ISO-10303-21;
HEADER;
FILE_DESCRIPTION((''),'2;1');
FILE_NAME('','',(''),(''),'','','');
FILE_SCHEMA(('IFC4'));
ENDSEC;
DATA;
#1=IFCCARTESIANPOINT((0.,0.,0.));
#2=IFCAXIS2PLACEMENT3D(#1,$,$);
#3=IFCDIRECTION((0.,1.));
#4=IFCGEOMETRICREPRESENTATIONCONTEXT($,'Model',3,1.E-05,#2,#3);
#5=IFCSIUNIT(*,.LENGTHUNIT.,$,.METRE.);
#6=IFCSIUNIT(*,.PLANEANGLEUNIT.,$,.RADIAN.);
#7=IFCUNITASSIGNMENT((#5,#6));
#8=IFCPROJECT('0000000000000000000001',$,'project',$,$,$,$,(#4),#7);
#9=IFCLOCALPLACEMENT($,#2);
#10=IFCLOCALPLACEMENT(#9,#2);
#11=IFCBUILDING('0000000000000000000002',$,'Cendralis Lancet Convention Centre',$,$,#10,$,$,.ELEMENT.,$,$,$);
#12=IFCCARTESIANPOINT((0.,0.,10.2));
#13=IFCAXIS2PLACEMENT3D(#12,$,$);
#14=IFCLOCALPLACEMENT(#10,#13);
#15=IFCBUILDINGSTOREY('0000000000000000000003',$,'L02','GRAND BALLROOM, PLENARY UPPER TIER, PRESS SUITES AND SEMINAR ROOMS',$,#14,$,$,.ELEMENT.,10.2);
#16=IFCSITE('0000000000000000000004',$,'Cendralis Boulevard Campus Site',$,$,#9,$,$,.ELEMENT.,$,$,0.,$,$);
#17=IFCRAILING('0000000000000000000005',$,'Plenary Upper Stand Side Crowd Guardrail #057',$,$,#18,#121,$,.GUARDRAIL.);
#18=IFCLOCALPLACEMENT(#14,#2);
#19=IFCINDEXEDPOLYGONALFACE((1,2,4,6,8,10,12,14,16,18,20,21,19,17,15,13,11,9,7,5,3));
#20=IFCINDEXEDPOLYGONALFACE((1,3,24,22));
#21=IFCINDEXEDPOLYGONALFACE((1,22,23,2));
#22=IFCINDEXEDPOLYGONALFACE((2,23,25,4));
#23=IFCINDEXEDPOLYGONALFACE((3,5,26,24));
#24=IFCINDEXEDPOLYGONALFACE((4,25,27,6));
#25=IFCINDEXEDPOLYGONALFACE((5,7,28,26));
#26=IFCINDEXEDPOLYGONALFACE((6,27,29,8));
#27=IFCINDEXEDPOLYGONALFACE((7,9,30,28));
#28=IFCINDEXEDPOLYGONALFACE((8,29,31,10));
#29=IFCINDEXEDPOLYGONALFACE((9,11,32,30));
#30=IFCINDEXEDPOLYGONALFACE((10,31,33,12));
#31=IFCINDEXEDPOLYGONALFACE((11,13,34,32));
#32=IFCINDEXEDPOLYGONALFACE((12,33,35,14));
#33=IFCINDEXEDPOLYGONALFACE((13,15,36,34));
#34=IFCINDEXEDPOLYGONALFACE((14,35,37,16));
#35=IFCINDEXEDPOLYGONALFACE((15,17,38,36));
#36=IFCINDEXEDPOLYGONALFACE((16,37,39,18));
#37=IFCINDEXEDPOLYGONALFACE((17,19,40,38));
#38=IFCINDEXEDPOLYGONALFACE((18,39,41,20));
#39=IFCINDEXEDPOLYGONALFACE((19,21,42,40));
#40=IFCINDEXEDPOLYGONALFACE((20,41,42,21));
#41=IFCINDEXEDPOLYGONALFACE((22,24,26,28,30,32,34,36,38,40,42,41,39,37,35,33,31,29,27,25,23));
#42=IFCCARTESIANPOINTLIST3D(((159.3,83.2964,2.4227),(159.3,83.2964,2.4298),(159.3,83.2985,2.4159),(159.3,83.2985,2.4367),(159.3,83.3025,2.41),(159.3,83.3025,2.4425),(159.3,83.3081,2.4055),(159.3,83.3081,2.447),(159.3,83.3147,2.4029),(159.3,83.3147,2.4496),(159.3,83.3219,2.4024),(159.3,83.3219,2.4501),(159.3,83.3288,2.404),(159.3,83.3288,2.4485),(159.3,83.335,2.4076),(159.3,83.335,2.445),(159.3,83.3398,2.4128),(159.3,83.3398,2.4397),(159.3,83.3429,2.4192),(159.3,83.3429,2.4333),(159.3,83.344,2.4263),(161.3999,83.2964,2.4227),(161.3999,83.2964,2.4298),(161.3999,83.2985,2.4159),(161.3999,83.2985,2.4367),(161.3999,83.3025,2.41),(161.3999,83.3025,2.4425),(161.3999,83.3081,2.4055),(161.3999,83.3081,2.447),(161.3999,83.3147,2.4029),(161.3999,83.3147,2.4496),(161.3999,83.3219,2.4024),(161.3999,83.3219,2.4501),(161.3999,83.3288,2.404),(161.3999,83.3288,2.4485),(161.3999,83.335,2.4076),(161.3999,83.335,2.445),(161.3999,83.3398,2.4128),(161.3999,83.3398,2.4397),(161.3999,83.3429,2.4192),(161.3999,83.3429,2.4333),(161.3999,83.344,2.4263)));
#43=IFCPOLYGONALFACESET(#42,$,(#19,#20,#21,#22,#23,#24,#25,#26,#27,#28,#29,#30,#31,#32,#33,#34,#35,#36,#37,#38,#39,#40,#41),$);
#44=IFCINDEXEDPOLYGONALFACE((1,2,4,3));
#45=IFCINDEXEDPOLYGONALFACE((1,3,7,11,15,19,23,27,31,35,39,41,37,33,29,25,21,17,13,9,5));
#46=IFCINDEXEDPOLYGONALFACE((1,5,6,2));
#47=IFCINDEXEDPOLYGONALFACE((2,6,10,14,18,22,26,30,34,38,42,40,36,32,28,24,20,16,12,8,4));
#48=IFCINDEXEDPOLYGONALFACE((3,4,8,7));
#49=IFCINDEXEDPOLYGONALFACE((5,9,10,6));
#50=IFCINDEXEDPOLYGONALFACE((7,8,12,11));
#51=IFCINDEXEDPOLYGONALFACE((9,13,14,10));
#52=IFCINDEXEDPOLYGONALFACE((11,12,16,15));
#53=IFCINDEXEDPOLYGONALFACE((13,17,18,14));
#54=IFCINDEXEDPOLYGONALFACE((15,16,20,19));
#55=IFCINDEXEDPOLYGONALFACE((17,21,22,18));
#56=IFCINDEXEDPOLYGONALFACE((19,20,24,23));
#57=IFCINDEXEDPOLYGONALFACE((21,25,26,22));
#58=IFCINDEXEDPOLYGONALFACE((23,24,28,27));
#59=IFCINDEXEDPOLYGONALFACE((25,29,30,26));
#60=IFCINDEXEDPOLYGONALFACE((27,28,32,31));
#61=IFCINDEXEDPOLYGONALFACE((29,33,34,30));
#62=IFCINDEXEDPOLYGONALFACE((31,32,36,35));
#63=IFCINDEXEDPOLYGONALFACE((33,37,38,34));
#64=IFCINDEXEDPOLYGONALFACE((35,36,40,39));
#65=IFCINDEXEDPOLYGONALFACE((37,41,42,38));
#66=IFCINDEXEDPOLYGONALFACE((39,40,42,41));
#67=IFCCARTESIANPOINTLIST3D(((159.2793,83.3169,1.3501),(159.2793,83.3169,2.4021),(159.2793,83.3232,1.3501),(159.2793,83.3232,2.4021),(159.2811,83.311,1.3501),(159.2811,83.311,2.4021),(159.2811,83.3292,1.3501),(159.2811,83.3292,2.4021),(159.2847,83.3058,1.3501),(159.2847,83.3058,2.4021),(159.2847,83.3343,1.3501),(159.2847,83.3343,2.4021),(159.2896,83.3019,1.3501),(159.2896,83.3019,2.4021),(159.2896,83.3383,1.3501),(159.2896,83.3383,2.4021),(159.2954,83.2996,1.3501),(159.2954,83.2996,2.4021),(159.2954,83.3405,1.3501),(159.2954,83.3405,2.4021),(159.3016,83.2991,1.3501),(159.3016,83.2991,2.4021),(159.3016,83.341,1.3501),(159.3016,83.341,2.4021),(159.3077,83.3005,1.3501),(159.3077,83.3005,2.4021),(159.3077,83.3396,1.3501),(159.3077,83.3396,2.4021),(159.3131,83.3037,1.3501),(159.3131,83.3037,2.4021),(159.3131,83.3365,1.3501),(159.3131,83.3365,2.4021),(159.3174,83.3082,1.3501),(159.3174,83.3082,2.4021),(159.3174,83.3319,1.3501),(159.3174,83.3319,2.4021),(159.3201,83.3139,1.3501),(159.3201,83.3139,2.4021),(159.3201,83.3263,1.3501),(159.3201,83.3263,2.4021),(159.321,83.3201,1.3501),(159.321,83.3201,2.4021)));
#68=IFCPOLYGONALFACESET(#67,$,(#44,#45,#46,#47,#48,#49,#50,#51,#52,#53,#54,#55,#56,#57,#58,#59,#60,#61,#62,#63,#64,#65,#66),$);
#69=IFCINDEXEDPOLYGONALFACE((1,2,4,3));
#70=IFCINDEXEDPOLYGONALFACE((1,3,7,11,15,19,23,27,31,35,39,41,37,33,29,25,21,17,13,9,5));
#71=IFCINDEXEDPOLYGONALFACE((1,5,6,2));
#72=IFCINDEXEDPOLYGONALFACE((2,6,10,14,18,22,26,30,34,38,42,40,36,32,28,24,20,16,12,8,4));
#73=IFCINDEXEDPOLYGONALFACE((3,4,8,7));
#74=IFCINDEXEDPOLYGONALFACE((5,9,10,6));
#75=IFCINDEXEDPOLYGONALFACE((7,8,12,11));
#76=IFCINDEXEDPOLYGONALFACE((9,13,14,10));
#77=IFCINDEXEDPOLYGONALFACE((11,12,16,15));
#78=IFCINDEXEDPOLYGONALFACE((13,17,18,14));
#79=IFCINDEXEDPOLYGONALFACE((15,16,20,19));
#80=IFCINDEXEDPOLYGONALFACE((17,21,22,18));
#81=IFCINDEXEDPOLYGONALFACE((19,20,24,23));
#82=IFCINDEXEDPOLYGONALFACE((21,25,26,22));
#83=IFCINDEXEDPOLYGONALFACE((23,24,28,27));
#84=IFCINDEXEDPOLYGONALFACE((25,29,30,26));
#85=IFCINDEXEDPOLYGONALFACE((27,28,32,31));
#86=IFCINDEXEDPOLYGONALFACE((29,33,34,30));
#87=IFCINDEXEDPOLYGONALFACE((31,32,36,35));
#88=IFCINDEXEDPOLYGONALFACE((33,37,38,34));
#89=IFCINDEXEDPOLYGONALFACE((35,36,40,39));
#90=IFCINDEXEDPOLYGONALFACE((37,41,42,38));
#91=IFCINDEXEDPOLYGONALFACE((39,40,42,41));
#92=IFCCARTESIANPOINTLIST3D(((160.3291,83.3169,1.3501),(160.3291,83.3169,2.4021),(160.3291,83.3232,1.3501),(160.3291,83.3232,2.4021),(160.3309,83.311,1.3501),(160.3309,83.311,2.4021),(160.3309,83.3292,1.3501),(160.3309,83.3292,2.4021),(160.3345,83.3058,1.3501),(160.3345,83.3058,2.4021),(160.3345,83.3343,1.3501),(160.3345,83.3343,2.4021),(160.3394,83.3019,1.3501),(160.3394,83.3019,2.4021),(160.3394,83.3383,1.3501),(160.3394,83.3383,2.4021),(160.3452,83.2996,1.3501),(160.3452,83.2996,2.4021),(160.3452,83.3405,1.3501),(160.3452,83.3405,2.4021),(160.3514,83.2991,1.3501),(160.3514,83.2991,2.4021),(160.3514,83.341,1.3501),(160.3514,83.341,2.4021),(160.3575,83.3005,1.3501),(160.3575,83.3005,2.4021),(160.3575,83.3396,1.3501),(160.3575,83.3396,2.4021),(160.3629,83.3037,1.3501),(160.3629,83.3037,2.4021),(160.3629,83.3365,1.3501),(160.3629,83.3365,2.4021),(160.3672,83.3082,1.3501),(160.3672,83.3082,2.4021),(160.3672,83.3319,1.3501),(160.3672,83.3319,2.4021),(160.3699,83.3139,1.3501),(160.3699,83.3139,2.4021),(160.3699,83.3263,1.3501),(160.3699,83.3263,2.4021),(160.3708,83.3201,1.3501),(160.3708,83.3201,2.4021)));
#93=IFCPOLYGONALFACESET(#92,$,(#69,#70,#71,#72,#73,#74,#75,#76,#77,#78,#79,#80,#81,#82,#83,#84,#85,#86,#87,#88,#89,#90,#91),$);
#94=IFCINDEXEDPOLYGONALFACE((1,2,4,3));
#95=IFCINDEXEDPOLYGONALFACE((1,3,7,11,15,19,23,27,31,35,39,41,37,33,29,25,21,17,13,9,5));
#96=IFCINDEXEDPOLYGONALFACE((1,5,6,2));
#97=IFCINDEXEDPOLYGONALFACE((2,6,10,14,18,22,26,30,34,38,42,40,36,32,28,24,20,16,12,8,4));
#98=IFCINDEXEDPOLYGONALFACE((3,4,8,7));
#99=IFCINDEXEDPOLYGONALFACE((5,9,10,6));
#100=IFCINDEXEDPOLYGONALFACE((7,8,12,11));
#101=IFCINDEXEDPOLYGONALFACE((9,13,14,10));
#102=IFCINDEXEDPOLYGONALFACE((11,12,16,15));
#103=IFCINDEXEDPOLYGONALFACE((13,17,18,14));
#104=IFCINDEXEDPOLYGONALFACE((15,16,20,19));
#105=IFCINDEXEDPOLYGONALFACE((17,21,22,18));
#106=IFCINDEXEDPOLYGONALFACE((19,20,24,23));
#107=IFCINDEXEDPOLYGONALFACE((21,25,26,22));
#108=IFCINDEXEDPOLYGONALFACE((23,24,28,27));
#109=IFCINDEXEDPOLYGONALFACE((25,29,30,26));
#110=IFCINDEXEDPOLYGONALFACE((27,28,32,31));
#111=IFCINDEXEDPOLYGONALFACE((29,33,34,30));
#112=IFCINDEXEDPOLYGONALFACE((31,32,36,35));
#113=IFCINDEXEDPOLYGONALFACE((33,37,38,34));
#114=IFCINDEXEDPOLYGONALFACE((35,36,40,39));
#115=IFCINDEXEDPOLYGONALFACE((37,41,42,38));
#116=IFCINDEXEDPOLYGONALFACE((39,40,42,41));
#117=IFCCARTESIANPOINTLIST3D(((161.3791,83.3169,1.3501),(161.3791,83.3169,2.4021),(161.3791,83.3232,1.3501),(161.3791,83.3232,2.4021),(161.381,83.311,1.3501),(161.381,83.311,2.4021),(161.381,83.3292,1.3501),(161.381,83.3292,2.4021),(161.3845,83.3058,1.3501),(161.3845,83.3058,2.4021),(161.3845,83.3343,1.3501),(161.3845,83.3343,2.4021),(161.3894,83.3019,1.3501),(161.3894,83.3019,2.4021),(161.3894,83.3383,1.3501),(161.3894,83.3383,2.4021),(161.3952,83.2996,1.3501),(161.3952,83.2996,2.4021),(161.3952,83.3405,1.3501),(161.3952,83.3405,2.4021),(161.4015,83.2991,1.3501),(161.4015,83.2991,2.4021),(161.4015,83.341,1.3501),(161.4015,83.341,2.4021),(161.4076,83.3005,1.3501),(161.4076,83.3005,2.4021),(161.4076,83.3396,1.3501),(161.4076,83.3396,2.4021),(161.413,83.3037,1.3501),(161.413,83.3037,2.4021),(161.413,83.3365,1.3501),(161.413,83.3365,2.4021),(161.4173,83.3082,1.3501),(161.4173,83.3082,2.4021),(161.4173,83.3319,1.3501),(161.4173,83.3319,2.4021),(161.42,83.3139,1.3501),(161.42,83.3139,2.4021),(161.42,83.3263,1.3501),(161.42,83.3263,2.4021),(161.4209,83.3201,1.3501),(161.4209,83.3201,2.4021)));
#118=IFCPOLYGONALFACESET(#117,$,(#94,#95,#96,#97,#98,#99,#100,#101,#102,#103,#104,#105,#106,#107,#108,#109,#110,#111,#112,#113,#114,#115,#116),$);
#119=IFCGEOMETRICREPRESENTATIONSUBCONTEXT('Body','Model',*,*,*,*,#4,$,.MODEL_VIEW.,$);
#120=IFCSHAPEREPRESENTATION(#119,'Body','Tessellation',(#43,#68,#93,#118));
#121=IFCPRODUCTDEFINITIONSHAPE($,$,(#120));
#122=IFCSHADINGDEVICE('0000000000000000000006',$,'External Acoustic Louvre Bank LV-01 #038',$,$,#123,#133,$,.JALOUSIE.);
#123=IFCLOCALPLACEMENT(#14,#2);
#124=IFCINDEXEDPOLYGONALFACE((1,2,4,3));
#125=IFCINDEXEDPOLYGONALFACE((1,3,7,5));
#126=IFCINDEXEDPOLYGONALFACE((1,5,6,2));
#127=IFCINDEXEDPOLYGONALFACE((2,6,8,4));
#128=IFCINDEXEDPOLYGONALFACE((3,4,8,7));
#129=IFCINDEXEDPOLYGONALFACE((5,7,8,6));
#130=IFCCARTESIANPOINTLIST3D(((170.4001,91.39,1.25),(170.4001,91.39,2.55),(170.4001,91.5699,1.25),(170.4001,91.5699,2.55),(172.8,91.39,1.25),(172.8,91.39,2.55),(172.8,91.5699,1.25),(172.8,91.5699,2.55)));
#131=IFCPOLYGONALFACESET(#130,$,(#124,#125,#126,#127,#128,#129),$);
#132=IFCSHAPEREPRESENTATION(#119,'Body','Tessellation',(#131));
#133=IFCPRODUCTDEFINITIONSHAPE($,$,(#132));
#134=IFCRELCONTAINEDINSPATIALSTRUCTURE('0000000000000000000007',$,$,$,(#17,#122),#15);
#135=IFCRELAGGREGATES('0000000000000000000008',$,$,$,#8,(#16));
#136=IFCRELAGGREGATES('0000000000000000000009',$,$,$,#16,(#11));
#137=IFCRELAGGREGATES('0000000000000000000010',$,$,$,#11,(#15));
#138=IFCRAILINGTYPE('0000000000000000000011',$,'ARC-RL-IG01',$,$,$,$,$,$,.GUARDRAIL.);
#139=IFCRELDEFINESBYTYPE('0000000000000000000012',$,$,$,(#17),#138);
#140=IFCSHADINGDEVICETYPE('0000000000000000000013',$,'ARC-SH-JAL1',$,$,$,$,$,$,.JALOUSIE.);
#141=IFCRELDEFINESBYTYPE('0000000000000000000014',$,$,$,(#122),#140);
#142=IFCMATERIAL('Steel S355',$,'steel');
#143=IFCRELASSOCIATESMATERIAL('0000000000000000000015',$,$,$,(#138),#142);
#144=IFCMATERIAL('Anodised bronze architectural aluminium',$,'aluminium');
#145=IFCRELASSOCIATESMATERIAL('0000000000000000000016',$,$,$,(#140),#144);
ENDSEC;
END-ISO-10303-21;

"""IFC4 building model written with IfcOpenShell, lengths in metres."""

from ifc_helpers import new_model, si_unit, direction, frame, origin, origin_2d, place, context, subcontext, project, spatial, rectangle, circle, extrude, material, type_object, element, save


model = new_model("IFC4")

# Units and contexts
model_context = context("Model", 3, precision=1e-05, world=origin(), true_north=direction((0.0, 1.0)))
body_context = subcontext(model_context, "Body", "Model", "MODEL_VIEW")
ifc_project = project(units=[si_unit("LENGTHUNIT", "METRE"), si_unit("PLANEANGLEUNIT", "RADIAN")], contexts=[model_context])

# Site, building, storey
site_placement = place(None, origin())
site = spatial("IfcSite", under=ifc_project, at=site_placement, Name="Cendralis Boulevard Campus Site", CompositionType="ELEMENT", RefElevation=0.0)
building_placement = place(site_placement, origin())
building = spatial("IfcBuilding", under=site, at=building_placement, Name="Cendralis Lancet Convention Centre", CompositionType="ELEMENT")
storey_placement = place(building_placement, frame((0.0, 0.0, 10.2)))
storey = spatial("IfcBuildingStorey", under=building, at=storey_placement, Name="L02", Description="GRAND BALLROOM, PLENARY UPPER TIER, PRESS SUITES AND SEMINAR ROOMS", CompositionType="ELEMENT", Elevation=10.2)

# Shared definitions
ifc_material_1 = material(Name="Steel S355", Category="steel")

# Railing
railing_type = type_object("IfcRailingType", Name="ARC-RL-IG01", PredefinedType="GUARDRAIL", material=ifc_material_1)
railing_1_placement = place(storey_placement, frame((159.3, 83.3201, 1.3501)))
element("IfcRailing", 1, at=railing_1_placement, inside=storey, type_object=railing_type, Name="Plenary Upper Stand Side Crowd Guardrail #057", PredefinedType="GUARDRAIL", context=body_context, shape_type="SweptSolid", body=[
    extrude(circle(Radius=0.0239, at=origin_2d()), frame((0.0, 0.0, 1.0762), z_axis=(1.0, 0.0, 0.0), x_axis=(0.0, 1.0, 0.0)), (0.0, 0.0, 1.0), 2.0999),
    extrude(circle(Radius=0.021, at=origin_2d()), origin(), (0.0, 0.0, 1.0), 1.052),
    extrude(circle(Radius=0.021, at=origin_2d()), frame((1.0498, 0.0, 0.0)), (0.0, 0.0, 1.0), 1.052),
    extrude(circle(Radius=0.021, at=origin_2d()), frame((2.0999, 0.0, 0.0)), (0.0, 0.0, 1.0), 1.052),
])

# Shading device
ifc_material_2 = material(Name="Anodised bronze architectural aluminium", Category="aluminium")
shading_device_type = type_object("IfcShadingDeviceType", Name="ARC-SH-JAL1", PredefinedType="JALOUSIE", material=ifc_material_2)
shading_device_placement = place(storey_placement, frame((171.6001, 91.48, 1.25), z_axis=(0.0, 0.0, 1.0), x_axis=(1.0, 0.0, 0.0)))
element("IfcShadingDevice", 2, at=shading_device_placement, inside=storey, type_object=shading_device_type, Name="External Acoustic Louvre Bank LV-01 #038", PredefinedType="JALOUSIE", context=body_context, shape_type="SweptSolid", body=[
    extrude(rectangle(XDim=2.3999, YDim=0.1799, at=origin_2d()), origin(), (0.0, 0.0, 1.0), 1.3),
])

save(model, "model.ifc")
